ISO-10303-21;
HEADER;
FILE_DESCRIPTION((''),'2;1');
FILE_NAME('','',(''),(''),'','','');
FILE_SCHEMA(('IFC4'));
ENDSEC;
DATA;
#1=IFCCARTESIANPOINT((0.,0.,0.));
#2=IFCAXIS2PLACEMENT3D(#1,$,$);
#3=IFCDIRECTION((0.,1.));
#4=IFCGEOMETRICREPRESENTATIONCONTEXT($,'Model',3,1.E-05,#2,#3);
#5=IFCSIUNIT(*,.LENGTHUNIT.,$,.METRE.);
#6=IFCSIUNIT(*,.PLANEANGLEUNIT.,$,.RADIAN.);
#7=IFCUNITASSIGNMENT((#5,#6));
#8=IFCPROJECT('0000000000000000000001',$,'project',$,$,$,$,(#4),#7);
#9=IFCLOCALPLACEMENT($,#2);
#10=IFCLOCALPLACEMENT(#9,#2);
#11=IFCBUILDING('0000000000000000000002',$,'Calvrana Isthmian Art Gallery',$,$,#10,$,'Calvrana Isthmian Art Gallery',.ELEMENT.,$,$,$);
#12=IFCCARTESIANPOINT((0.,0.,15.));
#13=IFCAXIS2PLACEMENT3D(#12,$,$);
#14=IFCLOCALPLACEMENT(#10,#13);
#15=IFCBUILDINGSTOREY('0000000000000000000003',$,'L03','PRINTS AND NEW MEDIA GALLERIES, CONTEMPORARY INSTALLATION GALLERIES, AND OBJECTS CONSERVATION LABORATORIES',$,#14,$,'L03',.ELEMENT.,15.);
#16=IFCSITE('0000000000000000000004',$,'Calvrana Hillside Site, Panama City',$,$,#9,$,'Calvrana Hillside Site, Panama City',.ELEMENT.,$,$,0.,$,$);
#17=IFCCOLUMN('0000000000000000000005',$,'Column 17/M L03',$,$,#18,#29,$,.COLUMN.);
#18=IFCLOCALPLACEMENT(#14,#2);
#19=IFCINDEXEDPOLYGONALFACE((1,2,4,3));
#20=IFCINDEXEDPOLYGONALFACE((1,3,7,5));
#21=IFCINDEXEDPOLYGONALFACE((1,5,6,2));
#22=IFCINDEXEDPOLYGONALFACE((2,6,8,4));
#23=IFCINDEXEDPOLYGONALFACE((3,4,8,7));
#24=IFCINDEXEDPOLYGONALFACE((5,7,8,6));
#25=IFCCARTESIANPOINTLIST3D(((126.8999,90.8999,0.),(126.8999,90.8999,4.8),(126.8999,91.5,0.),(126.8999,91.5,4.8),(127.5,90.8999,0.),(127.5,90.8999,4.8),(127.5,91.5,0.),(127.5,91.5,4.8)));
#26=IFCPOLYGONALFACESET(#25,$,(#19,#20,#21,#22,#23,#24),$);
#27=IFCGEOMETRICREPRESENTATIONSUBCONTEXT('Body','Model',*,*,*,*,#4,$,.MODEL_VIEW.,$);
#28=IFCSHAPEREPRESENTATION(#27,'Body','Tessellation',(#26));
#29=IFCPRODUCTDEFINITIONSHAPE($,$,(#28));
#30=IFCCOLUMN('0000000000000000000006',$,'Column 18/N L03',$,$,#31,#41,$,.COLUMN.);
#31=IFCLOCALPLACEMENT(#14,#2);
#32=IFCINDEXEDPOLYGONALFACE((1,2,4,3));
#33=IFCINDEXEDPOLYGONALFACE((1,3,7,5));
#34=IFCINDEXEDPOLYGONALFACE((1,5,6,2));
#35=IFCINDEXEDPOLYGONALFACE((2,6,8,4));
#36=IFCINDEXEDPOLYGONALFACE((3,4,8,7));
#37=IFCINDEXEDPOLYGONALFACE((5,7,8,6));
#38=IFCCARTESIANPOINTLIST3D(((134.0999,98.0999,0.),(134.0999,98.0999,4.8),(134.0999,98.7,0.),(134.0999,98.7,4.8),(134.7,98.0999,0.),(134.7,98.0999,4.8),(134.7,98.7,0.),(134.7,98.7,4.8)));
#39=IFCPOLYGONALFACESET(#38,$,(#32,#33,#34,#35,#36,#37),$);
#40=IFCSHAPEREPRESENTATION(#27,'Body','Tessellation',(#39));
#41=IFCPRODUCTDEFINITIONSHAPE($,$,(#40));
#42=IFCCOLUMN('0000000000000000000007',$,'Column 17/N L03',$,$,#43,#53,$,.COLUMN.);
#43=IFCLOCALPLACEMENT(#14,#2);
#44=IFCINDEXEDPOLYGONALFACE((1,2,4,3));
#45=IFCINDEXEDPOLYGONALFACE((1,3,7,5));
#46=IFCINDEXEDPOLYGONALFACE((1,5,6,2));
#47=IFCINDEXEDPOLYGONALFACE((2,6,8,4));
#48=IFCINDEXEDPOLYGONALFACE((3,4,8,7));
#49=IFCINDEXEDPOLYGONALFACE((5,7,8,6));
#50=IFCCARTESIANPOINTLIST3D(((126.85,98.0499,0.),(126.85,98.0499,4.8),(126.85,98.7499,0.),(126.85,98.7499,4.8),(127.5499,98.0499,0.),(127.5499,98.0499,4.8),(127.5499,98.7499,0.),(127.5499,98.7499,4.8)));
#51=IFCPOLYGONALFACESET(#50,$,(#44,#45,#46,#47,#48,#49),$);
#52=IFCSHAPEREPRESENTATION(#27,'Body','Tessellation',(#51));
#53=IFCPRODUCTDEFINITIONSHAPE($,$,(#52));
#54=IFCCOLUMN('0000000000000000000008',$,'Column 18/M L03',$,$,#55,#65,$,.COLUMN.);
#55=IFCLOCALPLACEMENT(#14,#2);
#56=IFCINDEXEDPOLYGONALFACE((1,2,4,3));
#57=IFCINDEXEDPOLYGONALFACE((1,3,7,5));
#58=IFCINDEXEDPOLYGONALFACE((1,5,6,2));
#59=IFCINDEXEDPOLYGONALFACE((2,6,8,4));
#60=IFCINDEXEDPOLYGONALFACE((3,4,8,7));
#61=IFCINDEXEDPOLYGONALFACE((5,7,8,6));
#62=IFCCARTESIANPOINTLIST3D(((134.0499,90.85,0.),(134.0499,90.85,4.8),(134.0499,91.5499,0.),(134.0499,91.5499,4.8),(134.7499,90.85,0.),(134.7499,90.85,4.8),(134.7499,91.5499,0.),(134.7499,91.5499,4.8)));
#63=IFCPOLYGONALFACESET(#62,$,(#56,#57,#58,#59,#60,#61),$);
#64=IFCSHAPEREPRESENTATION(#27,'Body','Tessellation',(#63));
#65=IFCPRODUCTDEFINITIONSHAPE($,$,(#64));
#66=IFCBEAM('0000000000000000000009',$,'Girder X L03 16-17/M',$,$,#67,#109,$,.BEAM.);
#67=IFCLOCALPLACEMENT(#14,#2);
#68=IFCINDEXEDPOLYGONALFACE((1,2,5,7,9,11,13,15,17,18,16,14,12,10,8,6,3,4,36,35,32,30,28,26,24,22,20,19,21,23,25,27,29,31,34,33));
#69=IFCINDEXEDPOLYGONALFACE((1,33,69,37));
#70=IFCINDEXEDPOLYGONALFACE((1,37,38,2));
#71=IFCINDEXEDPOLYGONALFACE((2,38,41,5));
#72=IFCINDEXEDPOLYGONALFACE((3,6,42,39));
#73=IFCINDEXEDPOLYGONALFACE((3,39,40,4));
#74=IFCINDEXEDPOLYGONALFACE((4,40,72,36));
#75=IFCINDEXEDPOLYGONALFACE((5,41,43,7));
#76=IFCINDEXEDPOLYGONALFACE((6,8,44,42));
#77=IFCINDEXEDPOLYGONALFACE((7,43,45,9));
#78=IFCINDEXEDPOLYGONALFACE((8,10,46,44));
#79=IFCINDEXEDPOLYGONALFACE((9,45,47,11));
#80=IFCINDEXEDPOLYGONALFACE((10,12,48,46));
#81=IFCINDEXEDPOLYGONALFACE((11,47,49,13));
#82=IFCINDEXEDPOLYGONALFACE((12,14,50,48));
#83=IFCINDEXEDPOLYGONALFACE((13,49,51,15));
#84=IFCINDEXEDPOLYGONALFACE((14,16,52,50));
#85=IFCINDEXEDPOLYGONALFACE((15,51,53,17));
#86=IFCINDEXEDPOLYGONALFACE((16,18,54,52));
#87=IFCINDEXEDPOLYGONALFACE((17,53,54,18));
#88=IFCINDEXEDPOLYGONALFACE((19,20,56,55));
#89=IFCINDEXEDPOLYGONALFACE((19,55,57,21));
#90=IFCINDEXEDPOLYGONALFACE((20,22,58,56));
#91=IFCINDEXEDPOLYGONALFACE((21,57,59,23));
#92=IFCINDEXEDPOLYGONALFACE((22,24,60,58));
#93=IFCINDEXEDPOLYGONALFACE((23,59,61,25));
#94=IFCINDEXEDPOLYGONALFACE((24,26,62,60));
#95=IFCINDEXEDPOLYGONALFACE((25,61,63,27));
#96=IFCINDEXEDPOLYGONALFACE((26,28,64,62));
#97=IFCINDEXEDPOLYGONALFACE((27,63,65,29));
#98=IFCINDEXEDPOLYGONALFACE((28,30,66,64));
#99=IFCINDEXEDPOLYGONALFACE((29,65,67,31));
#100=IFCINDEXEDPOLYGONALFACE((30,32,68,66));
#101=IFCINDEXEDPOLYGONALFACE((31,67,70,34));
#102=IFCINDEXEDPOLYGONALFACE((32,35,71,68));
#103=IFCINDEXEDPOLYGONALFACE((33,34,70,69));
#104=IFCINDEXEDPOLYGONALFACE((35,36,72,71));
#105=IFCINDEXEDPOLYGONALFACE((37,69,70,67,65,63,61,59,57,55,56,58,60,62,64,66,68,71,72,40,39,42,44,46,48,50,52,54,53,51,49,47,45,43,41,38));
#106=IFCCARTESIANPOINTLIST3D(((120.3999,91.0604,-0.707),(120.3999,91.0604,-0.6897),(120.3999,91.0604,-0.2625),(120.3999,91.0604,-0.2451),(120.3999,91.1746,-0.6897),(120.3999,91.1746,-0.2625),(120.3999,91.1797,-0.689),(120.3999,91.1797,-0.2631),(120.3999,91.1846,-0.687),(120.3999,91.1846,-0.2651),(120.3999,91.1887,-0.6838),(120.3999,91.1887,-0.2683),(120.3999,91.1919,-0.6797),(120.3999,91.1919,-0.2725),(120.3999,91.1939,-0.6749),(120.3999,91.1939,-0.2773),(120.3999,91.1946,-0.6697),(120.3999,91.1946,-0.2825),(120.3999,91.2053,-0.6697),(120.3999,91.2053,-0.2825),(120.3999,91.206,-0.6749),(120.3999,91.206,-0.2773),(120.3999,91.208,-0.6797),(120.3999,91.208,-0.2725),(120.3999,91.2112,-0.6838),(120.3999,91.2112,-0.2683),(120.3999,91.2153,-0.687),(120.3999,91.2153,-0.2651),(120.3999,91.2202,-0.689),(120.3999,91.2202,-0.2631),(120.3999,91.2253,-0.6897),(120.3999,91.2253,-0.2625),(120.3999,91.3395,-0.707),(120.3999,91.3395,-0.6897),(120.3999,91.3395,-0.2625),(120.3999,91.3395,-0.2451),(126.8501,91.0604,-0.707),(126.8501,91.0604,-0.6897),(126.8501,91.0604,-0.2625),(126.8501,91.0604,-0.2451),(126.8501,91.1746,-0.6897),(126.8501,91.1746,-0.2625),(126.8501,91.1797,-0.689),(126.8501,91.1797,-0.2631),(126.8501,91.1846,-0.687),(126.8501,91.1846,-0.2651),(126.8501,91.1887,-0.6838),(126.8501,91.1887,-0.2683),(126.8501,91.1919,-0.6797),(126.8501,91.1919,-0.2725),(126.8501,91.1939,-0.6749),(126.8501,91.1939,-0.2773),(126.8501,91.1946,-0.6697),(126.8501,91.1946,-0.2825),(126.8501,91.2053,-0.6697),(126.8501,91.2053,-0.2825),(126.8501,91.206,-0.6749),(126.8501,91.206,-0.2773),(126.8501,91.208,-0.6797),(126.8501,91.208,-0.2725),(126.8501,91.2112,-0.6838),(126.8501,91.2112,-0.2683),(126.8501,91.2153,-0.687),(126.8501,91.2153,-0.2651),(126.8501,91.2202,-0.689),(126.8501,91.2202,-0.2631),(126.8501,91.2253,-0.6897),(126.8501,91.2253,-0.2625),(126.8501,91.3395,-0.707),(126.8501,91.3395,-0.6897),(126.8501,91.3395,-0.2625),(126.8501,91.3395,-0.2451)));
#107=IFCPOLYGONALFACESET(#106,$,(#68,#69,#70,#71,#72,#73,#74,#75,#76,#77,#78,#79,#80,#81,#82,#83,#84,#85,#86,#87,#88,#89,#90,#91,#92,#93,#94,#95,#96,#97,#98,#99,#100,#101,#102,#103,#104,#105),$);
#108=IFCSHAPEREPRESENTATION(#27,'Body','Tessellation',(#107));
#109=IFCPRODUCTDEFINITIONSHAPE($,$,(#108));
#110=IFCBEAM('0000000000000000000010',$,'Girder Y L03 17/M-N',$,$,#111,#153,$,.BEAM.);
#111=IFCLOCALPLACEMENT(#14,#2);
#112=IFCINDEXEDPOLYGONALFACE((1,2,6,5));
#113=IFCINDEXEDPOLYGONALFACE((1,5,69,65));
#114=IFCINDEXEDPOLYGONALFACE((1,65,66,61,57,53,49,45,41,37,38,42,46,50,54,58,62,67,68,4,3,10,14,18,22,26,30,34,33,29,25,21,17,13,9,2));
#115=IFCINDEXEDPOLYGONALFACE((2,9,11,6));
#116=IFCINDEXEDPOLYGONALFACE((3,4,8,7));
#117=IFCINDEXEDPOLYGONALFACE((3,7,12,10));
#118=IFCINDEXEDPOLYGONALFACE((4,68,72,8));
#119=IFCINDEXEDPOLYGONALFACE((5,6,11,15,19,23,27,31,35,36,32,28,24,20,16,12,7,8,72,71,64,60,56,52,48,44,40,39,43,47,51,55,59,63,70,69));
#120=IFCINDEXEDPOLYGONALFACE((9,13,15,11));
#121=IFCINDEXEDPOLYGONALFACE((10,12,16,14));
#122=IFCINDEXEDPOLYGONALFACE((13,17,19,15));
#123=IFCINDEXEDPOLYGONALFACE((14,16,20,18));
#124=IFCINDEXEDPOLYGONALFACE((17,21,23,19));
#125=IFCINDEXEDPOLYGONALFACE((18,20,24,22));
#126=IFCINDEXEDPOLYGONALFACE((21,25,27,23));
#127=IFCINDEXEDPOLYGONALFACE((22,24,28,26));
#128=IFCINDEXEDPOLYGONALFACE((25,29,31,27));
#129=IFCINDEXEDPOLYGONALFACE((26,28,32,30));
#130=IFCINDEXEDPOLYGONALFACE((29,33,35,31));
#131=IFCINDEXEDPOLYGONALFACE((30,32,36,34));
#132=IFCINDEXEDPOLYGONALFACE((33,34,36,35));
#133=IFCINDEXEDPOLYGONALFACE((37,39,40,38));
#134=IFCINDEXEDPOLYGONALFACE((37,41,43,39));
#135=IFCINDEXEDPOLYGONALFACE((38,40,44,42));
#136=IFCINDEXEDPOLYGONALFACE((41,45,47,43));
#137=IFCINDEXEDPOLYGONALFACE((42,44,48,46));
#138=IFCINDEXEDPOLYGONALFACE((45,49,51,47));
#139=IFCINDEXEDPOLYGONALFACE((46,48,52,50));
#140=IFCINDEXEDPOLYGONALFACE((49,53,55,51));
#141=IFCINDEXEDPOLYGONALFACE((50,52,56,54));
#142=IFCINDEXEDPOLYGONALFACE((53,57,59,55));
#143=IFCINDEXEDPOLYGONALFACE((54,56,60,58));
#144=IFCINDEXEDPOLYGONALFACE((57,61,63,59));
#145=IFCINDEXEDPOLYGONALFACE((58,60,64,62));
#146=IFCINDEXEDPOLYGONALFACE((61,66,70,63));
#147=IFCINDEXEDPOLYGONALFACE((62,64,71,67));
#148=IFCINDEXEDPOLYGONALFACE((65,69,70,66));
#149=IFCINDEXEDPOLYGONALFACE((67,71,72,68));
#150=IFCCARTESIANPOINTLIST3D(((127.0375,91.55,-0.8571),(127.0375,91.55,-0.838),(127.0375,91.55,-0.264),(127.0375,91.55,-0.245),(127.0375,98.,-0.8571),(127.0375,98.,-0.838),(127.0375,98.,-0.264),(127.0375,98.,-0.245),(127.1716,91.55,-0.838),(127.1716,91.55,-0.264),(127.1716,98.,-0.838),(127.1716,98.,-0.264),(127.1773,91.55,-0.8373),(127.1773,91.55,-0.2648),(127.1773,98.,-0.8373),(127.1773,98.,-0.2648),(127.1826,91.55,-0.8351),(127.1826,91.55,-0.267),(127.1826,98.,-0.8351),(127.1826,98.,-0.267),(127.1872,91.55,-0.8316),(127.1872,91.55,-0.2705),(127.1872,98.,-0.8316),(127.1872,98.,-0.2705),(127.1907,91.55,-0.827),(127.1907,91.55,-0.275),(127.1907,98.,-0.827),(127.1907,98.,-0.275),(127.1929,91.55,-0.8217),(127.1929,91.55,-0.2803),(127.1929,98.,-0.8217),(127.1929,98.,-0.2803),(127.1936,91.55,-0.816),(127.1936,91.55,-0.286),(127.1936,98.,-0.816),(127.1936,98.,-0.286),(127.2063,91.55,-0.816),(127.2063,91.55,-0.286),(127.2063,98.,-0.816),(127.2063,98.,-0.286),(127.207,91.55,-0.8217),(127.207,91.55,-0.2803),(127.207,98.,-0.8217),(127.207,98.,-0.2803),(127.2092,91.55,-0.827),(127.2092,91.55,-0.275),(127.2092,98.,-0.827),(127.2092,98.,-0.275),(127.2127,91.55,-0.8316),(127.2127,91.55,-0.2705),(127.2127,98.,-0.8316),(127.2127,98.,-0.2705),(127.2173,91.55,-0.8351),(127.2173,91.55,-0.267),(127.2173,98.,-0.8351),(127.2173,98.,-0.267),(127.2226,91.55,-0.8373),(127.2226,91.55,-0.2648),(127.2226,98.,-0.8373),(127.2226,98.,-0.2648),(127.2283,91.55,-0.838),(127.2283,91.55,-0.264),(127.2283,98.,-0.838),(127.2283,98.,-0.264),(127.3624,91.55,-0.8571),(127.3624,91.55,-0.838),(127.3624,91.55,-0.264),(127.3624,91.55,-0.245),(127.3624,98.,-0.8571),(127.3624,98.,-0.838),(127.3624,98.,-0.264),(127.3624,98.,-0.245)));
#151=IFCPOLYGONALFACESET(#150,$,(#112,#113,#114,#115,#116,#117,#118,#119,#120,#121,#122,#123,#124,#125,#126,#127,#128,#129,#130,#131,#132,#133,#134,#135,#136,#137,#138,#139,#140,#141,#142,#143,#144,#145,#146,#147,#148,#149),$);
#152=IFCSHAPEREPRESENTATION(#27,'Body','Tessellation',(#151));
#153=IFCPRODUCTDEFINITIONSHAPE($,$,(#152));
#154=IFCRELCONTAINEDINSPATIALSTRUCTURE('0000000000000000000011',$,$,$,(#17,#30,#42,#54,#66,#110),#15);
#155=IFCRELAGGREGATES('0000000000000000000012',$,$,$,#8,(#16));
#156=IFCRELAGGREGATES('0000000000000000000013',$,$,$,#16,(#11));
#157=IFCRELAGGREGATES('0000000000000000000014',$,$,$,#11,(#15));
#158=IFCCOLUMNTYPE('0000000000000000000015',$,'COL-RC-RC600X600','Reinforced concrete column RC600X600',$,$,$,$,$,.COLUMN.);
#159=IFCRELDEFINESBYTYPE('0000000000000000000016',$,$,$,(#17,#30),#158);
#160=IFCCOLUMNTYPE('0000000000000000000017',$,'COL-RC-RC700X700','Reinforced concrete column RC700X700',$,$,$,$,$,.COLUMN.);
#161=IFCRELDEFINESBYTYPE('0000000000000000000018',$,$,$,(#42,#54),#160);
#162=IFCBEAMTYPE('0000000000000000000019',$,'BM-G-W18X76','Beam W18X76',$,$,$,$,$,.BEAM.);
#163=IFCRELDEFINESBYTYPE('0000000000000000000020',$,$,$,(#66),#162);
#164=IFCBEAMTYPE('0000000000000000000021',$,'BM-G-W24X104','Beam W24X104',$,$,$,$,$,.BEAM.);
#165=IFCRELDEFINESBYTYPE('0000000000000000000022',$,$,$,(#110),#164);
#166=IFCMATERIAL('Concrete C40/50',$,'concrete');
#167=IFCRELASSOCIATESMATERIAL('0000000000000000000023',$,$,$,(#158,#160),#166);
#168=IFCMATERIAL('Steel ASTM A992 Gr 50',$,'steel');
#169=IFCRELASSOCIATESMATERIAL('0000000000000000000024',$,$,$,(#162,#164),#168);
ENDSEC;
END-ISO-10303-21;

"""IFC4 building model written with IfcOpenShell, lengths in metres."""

from ifc_helpers import new_model, si_unit, direction, frame, origin, origin_2d, place, context, subcontext, project, spatial, rectangle, i_section, extrude, material, material_profile, profile_set, type_object, element, save


model = new_model("IFC4")

# Units and contexts
model_context = context("Model", 3, precision=1e-05, world=origin(), true_north=direction((0.0, 1.0)))
body_context = subcontext(model_context, "Body", "Model", "MODEL_VIEW")
ifc_project = project(units=[si_unit("LENGTHUNIT", "METRE"), si_unit("PLANEANGLEUNIT", "RADIAN")], contexts=[model_context])

# Site, building, storey
site_placement = place(None, origin())
site = spatial("IfcSite", under=ifc_project, at=site_placement, Name="Calvrana Hillside Site, Panama City", LongName="Calvrana Hillside Site, Panama City", CompositionType="ELEMENT", RefElevation=0.0)
building_placement = place(site_placement, origin())
building = spatial("IfcBuilding", under=site, at=building_placement, Name="Calvrana Isthmian Art Gallery", LongName="Calvrana Isthmian Art Gallery", CompositionType="ELEMENT")
storey_placement = place(building_placement, frame((0.0, 0.0, 15.0)))
storey = spatial("IfcBuildingStorey", under=building, at=storey_placement, Name="L03", Description="PRINTS AND NEW MEDIA GALLERIES, CONTEMPORARY INSTALLATION GALLERIES, AND OBJECTS CONSERVATION LABORATORIES", LongName="L03", CompositionType="ELEMENT", Elevation=15.0)

# Columns
ifc_material_1 = material(Name="Concrete C40/50", Category="concrete")
ifc_material_profile_1 = material_profile(ifc_material_1, rectangle(XDim=0.6001, YDim=0.6001, at=origin_2d()), Name="RC600X600")
ifc_profile_set_1 = profile_set([ifc_material_profile_1], Name="Concrete C40/50")
column_type_1 = type_object("IfcColumnType", Name="COL-RC-RC600X600", Description="Reinforced concrete column RC600X600", PredefinedType="COLUMN", material=ifc_profile_set_1)
for number, where, z_axis, x_axis, name in (
    (1, (127.2, 91.2, 0.0), (0.0, 0.0, 1.0), (1.0, 0.0, 0.0), "Column 17/M L03"),
    (2, (134.3999, 98.3999, 0.0), (0.0, 0.0, 1.0), (1.0, 0.0, 0.0), "Column 18/N L03"),
):
    element("IfcColumn", number, at=place(storey_placement, frame(where, z_axis=z_axis, x_axis=x_axis)), inside=storey, type_object=column_type_1, Name=name, PredefinedType="COLUMN", context=body_context, shape_type="SweptSolid", body=[
        extrude(rectangle(XDim=0.6001, YDim=0.6001, at=origin_2d()), origin(), (0.0, 0.0, 1.0), 4.8),
    ])
ifc_material_profile_2 = material_profile(ifc_material_1, rectangle(XDim=0.7, YDim=0.7, at=origin_2d()), Name="RC700X700")
ifc_profile_set_2 = profile_set([ifc_material_profile_2], Name="Concrete C40/50")
column_type_2 = type_object("IfcColumnType", Name="COL-RC-RC700X700", Description="Reinforced concrete column RC700X700", PredefinedType="COLUMN", material=ifc_profile_set_2)
for number, where, z_axis, x_axis, name in (
    (3, (127.2, 98.3999, 0.0), (0.0, 0.0, 1.0), (1.0, 0.0, 0.0), "Column 17/N L03"),
    (4, (134.3999, 91.2, 0.0), (0.0, 0.0, 1.0), (1.0, 0.0, 0.0), "Column 18/M L03"),
):
    element("IfcColumn", number, at=place(storey_placement, frame(where, z_axis=z_axis, x_axis=x_axis)), inside=storey, type_object=column_type_2, Name=name, PredefinedType="COLUMN", context=body_context, shape_type="SweptSolid", body=[
        extrude(rectangle(XDim=0.7, YDim=0.7, at=origin_2d()), origin(), (0.0, 0.0, 1.0), 4.8),
    ])

# Beams
ifc_material_2 = material(Name="Steel ASTM A992 Gr 50", Category="steel")
ifc_material_profile_3 = material_profile(ifc_material_2, i_section(OverallWidth=0.2791, OverallDepth=0.4619, WebThickness=0.0107, FlangeThickness=0.0173, FilletRadius=0.02, at=origin_2d()), Name="W18X76")
ifc_profile_set_3 = profile_set([ifc_material_profile_3], Name="Steel ASTM A992 Gr 50")
beam_type_1 = type_object("IfcBeamType", Name="BM-G-W18X76", Description="Beam W18X76", PredefinedType="BEAM", material=ifc_profile_set_3)
beam_1_placement = place(storey_placement, frame((120.3999, 91.2, -0.4761), z_axis=(1.0, 0.0, 0.0), x_axis=(0.0, 1.0, 0.0)))
element("IfcBeam", 5, at=beam_1_placement, inside=storey, type_object=beam_type_1, Name="Girder X L03 16-17/M", PredefinedType="BEAM", context=body_context, shape_type="SweptSolid", body=[
    extrude(i_section(OverallWidth=0.2791, OverallDepth=0.4619, WebThickness=0.0107, FlangeThickness=0.0173, FilletRadius=0.02, at=origin_2d()), origin(), (0.0, 0.0, 1.0), 6.4502),
])
ifc_material_profile_4 = material_profile(ifc_material_2, i_section(OverallWidth=0.325, OverallDepth=0.6121, WebThickness=0.0127, FlangeThickness=0.019, FilletRadius=0.022, at=origin_2d()), Name="W24X104")
ifc_profile_set_4 = profile_set([ifc_material_profile_4], Name="Steel ASTM A992 Gr 50")
beam_type_2 = type_object("IfcBeamType", Name="BM-G-W24X104", Description="Beam W24X104", PredefinedType="BEAM", material=ifc_profile_set_4)
beam_2_placement = place(storey_placement, frame((127.2, 91.55, -0.551), z_axis=(0.0, 1.0, 0.0), x_axis=(-1.0, 0.0, 0.0)))
element("IfcBeam", 6, at=beam_2_placement, inside=storey, type_object=beam_type_2, Name="Girder Y L03 17/M-N", PredefinedType="BEAM", context=body_context, shape_type="SweptSolid", body=[
    extrude(i_section(OverallWidth=0.325, OverallDepth=0.6121, WebThickness=0.0127, FlangeThickness=0.019, FilletRadius=0.022, at=origin_2d()), origin(), (0.0, 0.0, 1.0), 6.45),
])

save(model, "model.ifc")
